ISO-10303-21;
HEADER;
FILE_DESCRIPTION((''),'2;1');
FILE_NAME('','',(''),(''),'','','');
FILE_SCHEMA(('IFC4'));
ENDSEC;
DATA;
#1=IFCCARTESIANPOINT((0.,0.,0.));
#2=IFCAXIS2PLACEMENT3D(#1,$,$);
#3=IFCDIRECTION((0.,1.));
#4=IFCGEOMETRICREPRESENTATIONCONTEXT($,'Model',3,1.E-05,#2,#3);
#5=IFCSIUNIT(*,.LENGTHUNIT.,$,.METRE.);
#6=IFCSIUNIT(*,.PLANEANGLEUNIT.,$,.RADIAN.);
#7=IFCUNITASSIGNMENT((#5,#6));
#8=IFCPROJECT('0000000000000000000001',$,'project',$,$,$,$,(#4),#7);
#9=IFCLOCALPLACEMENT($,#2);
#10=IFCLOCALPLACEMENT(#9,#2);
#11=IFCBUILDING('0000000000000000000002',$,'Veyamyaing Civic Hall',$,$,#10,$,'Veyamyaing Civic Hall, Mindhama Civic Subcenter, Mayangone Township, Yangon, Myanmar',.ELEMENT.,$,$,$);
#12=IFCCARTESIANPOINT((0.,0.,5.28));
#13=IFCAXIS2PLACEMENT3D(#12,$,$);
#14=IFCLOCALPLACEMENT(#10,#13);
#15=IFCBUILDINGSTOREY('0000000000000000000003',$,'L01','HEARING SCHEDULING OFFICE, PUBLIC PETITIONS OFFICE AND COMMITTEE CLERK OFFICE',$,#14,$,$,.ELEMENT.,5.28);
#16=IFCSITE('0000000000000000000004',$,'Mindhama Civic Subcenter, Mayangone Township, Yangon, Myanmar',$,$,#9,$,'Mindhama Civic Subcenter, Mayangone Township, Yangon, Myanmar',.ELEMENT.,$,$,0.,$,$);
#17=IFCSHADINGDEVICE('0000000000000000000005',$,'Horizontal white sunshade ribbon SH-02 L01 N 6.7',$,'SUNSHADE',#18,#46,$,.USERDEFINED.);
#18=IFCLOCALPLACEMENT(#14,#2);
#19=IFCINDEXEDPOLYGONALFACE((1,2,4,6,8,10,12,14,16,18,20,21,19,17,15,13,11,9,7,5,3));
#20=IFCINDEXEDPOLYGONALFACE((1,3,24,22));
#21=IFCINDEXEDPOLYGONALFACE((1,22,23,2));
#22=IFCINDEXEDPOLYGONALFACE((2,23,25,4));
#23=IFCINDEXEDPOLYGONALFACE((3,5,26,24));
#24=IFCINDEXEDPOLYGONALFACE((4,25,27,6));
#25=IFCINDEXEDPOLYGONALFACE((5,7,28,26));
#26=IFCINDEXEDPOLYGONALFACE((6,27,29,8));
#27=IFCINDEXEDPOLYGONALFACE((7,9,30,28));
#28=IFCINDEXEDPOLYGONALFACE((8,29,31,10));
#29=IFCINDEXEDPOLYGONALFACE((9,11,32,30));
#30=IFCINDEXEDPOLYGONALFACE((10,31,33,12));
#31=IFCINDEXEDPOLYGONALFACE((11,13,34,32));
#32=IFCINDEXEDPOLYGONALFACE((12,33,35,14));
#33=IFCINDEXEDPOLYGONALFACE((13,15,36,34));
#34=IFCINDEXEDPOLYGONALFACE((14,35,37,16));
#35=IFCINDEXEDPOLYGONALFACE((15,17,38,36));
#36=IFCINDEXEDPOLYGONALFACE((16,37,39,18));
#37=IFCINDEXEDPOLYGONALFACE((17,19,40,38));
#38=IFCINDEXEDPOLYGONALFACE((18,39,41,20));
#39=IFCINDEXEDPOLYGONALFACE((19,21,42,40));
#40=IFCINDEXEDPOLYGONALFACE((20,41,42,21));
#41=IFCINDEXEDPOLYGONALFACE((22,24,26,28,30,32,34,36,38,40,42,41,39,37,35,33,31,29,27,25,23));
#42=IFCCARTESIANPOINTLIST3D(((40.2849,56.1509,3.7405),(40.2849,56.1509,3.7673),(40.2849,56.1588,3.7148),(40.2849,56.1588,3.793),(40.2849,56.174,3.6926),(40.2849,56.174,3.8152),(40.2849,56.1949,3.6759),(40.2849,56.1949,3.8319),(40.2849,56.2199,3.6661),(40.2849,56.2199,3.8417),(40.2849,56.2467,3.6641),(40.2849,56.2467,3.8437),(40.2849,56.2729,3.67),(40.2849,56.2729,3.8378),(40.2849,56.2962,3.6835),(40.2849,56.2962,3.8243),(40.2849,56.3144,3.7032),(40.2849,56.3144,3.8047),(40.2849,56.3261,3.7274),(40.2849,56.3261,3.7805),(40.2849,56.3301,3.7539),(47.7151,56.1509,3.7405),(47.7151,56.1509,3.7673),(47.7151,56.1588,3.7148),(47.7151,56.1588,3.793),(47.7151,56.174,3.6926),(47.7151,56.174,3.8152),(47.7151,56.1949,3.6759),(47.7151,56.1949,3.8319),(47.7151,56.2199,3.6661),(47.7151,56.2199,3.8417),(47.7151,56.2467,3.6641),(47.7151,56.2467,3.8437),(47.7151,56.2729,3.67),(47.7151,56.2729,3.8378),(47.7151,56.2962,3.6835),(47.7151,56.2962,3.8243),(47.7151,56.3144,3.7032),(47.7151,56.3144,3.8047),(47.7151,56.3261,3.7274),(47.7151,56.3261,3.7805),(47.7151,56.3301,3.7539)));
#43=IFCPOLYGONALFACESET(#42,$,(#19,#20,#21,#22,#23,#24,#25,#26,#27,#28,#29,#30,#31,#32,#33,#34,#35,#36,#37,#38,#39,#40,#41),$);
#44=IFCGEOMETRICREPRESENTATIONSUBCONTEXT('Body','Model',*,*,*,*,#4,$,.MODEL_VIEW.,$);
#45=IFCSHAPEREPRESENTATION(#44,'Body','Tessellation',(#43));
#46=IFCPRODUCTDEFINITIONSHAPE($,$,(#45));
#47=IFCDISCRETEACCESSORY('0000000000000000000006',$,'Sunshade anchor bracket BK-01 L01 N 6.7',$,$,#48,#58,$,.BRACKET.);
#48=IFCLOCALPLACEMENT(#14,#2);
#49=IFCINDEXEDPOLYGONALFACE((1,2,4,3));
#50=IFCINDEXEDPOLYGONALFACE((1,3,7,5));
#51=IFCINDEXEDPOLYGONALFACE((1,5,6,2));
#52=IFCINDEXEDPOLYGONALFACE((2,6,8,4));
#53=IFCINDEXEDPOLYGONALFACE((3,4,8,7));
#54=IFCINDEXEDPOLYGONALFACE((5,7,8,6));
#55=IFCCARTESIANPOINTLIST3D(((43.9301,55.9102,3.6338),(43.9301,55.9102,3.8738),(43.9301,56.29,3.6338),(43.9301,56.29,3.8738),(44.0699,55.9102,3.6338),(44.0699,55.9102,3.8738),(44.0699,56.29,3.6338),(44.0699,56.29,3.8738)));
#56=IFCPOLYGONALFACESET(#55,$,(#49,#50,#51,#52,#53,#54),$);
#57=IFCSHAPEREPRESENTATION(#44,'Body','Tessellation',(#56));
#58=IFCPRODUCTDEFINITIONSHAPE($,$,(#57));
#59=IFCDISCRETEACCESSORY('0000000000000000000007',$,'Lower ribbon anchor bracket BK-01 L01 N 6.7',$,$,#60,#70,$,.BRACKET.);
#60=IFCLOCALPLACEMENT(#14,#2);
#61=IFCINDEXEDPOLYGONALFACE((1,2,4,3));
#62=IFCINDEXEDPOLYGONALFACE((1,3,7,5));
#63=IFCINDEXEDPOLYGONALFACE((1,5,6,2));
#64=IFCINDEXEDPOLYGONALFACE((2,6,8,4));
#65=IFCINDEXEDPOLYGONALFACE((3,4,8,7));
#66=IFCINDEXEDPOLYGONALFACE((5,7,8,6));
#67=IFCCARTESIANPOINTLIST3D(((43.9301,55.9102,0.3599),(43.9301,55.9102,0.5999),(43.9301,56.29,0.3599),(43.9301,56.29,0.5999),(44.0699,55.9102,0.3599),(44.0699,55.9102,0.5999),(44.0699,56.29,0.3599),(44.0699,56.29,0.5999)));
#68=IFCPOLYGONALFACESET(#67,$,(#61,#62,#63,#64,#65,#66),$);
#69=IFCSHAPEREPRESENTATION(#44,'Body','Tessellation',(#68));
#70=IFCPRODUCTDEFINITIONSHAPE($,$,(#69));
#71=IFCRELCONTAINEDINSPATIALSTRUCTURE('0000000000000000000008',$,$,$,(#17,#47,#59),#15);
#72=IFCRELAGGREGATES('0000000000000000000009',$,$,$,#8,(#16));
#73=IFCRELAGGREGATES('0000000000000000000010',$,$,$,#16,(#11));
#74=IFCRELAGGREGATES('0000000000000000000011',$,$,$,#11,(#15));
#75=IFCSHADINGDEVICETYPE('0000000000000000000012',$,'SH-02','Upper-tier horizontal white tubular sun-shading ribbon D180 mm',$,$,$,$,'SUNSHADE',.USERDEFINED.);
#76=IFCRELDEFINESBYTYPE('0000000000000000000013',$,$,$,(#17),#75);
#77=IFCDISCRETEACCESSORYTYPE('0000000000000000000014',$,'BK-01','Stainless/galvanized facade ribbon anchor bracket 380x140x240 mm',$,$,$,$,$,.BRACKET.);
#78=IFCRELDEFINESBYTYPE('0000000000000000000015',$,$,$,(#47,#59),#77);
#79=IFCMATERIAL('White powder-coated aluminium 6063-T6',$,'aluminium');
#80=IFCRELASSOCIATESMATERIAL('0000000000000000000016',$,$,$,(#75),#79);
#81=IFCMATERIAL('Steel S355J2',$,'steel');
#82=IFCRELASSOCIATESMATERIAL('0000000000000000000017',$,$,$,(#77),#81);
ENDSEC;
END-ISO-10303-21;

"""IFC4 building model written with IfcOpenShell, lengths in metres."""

from ifc_helpers import new_model, si_unit, direction, frame, origin, origin_2d, place, context, subcontext, project, spatial, rectangle, circle, extrude, material, material_profile, profile_set, type_object, element, save


model = new_model("IFC4")

# Units and contexts
model_context = context("Model", 3, precision=1e-05, world=origin(), true_north=direction((0.0, 1.0)))
body_context = subcontext(model_context, "Body", "Model", "MODEL_VIEW")
ifc_project = project(units=[si_unit("LENGTHUNIT", "METRE"), si_unit("PLANEANGLEUNIT", "RADIAN")], contexts=[model_context])

# Site, building, storey
site_placement = place(None, origin())
site = spatial("IfcSite", under=ifc_project, at=site_placement, Name="Mindhama Civic Subcenter, Mayangone Township, Yangon, Myanmar", LongName="Mindhama Civic Subcenter, Mayangone Township, Yangon, Myanmar", CompositionType="ELEMENT", RefElevation=0.0)
building_placement = place(site_placement, origin())
building = spatial("IfcBuilding", under=site, at=building_placement, Name="Veyamyaing Civic Hall", LongName="Veyamyaing Civic Hall, Mindhama Civic Subcenter, Mayangone Township, Yangon, Myanmar", CompositionType="ELEMENT")
storey_placement = place(building_placement, frame((0.0, 0.0, 5.28)))
storey = spatial("IfcBuildingStorey", under=building, at=storey_placement, Name="L01", Description="HEARING SCHEDULING OFFICE, PUBLIC PETITIONS OFFICE AND COMMITTEE CLERK OFFICE", CompositionType="ELEMENT", Elevation=5.28)

# Shared definitions
ifc_material_1 = material(Name="White powder-coated aluminium 6063-T6", Category="aluminium")

# Shading device
ifc_material_profile_1 = material_profile(ifc_material_1, circle(Radius=0.0901, at=origin_2d()), Name="SHADE-TUBE-180")
ifc_profile_set_1 = profile_set([ifc_material_profile_1], Name="White powder-coated aluminium 6063-T6")
shading_device_type = type_object("IfcShadingDeviceType", Name="SH-02", Description="Upper-tier horizontal white tubular sun-shading ribbon D180 mm", ElementType="SUNSHADE", PredefinedType="USERDEFINED", material=ifc_profile_set_1)
shading_device_placement = place(storey_placement, frame((40.2849, 56.24, 3.7539), z_axis=(1.0, 0.0, 0.0), x_axis=(0.0, 1.0, 0.0)))
element("IfcShadingDevice", 1, at=shading_device_placement, inside=storey, type_object=shading_device_type, Name="Horizontal white sunshade ribbon SH-02 L01 N 6.7", ObjectType="SUNSHADE", PredefinedType="USERDEFINED", context=body_context, shape_type="SweptSolid", body=[
    extrude(circle(Radius=0.0901, at=origin_2d()), origin(), (0.0, 0.0, 1.0), 7.4302),
])

# Discrete accessories
ifc_material_2 = material(Name="Steel S355J2", Category="steel")
discrete_accessory_type = type_object("IfcDiscreteAccessoryType", Name="BK-01", Description="Stainless/galvanized facade ribbon anchor bracket 380x140x240 mm", PredefinedType="BRACKET", material=ifc_material_2)
for number, where, z_axis, x_axis, name in (
    (2, (44.0, 56.1001, 3.6338), (0.0, 0.0, 1.0), (0.0, 1.0, 0.0), "Sunshade anchor bracket BK-01 L01 N 6.7"),
    (3, (44.0, 56.1001, 0.3599), (0.0, 0.0, 1.0), (0.0, 1.0, 0.0), "Lower ribbon anchor bracket BK-01 L01 N 6.7"),
):
    element("IfcDiscreteAccessory", number, at=place(storey_placement, frame(where, z_axis=z_axis, x_axis=x_axis)), inside=storey, type_object=discrete_accessory_type, Name=name, PredefinedType="BRACKET", context=body_context, shape_type="SweptSolid", body=[
        extrude(rectangle(XDim=0.3799, YDim=0.1399, at=origin_2d()), origin(), (0.0, 0.0, 1.0), 0.24),
    ])

save(model, "model.ifc")
